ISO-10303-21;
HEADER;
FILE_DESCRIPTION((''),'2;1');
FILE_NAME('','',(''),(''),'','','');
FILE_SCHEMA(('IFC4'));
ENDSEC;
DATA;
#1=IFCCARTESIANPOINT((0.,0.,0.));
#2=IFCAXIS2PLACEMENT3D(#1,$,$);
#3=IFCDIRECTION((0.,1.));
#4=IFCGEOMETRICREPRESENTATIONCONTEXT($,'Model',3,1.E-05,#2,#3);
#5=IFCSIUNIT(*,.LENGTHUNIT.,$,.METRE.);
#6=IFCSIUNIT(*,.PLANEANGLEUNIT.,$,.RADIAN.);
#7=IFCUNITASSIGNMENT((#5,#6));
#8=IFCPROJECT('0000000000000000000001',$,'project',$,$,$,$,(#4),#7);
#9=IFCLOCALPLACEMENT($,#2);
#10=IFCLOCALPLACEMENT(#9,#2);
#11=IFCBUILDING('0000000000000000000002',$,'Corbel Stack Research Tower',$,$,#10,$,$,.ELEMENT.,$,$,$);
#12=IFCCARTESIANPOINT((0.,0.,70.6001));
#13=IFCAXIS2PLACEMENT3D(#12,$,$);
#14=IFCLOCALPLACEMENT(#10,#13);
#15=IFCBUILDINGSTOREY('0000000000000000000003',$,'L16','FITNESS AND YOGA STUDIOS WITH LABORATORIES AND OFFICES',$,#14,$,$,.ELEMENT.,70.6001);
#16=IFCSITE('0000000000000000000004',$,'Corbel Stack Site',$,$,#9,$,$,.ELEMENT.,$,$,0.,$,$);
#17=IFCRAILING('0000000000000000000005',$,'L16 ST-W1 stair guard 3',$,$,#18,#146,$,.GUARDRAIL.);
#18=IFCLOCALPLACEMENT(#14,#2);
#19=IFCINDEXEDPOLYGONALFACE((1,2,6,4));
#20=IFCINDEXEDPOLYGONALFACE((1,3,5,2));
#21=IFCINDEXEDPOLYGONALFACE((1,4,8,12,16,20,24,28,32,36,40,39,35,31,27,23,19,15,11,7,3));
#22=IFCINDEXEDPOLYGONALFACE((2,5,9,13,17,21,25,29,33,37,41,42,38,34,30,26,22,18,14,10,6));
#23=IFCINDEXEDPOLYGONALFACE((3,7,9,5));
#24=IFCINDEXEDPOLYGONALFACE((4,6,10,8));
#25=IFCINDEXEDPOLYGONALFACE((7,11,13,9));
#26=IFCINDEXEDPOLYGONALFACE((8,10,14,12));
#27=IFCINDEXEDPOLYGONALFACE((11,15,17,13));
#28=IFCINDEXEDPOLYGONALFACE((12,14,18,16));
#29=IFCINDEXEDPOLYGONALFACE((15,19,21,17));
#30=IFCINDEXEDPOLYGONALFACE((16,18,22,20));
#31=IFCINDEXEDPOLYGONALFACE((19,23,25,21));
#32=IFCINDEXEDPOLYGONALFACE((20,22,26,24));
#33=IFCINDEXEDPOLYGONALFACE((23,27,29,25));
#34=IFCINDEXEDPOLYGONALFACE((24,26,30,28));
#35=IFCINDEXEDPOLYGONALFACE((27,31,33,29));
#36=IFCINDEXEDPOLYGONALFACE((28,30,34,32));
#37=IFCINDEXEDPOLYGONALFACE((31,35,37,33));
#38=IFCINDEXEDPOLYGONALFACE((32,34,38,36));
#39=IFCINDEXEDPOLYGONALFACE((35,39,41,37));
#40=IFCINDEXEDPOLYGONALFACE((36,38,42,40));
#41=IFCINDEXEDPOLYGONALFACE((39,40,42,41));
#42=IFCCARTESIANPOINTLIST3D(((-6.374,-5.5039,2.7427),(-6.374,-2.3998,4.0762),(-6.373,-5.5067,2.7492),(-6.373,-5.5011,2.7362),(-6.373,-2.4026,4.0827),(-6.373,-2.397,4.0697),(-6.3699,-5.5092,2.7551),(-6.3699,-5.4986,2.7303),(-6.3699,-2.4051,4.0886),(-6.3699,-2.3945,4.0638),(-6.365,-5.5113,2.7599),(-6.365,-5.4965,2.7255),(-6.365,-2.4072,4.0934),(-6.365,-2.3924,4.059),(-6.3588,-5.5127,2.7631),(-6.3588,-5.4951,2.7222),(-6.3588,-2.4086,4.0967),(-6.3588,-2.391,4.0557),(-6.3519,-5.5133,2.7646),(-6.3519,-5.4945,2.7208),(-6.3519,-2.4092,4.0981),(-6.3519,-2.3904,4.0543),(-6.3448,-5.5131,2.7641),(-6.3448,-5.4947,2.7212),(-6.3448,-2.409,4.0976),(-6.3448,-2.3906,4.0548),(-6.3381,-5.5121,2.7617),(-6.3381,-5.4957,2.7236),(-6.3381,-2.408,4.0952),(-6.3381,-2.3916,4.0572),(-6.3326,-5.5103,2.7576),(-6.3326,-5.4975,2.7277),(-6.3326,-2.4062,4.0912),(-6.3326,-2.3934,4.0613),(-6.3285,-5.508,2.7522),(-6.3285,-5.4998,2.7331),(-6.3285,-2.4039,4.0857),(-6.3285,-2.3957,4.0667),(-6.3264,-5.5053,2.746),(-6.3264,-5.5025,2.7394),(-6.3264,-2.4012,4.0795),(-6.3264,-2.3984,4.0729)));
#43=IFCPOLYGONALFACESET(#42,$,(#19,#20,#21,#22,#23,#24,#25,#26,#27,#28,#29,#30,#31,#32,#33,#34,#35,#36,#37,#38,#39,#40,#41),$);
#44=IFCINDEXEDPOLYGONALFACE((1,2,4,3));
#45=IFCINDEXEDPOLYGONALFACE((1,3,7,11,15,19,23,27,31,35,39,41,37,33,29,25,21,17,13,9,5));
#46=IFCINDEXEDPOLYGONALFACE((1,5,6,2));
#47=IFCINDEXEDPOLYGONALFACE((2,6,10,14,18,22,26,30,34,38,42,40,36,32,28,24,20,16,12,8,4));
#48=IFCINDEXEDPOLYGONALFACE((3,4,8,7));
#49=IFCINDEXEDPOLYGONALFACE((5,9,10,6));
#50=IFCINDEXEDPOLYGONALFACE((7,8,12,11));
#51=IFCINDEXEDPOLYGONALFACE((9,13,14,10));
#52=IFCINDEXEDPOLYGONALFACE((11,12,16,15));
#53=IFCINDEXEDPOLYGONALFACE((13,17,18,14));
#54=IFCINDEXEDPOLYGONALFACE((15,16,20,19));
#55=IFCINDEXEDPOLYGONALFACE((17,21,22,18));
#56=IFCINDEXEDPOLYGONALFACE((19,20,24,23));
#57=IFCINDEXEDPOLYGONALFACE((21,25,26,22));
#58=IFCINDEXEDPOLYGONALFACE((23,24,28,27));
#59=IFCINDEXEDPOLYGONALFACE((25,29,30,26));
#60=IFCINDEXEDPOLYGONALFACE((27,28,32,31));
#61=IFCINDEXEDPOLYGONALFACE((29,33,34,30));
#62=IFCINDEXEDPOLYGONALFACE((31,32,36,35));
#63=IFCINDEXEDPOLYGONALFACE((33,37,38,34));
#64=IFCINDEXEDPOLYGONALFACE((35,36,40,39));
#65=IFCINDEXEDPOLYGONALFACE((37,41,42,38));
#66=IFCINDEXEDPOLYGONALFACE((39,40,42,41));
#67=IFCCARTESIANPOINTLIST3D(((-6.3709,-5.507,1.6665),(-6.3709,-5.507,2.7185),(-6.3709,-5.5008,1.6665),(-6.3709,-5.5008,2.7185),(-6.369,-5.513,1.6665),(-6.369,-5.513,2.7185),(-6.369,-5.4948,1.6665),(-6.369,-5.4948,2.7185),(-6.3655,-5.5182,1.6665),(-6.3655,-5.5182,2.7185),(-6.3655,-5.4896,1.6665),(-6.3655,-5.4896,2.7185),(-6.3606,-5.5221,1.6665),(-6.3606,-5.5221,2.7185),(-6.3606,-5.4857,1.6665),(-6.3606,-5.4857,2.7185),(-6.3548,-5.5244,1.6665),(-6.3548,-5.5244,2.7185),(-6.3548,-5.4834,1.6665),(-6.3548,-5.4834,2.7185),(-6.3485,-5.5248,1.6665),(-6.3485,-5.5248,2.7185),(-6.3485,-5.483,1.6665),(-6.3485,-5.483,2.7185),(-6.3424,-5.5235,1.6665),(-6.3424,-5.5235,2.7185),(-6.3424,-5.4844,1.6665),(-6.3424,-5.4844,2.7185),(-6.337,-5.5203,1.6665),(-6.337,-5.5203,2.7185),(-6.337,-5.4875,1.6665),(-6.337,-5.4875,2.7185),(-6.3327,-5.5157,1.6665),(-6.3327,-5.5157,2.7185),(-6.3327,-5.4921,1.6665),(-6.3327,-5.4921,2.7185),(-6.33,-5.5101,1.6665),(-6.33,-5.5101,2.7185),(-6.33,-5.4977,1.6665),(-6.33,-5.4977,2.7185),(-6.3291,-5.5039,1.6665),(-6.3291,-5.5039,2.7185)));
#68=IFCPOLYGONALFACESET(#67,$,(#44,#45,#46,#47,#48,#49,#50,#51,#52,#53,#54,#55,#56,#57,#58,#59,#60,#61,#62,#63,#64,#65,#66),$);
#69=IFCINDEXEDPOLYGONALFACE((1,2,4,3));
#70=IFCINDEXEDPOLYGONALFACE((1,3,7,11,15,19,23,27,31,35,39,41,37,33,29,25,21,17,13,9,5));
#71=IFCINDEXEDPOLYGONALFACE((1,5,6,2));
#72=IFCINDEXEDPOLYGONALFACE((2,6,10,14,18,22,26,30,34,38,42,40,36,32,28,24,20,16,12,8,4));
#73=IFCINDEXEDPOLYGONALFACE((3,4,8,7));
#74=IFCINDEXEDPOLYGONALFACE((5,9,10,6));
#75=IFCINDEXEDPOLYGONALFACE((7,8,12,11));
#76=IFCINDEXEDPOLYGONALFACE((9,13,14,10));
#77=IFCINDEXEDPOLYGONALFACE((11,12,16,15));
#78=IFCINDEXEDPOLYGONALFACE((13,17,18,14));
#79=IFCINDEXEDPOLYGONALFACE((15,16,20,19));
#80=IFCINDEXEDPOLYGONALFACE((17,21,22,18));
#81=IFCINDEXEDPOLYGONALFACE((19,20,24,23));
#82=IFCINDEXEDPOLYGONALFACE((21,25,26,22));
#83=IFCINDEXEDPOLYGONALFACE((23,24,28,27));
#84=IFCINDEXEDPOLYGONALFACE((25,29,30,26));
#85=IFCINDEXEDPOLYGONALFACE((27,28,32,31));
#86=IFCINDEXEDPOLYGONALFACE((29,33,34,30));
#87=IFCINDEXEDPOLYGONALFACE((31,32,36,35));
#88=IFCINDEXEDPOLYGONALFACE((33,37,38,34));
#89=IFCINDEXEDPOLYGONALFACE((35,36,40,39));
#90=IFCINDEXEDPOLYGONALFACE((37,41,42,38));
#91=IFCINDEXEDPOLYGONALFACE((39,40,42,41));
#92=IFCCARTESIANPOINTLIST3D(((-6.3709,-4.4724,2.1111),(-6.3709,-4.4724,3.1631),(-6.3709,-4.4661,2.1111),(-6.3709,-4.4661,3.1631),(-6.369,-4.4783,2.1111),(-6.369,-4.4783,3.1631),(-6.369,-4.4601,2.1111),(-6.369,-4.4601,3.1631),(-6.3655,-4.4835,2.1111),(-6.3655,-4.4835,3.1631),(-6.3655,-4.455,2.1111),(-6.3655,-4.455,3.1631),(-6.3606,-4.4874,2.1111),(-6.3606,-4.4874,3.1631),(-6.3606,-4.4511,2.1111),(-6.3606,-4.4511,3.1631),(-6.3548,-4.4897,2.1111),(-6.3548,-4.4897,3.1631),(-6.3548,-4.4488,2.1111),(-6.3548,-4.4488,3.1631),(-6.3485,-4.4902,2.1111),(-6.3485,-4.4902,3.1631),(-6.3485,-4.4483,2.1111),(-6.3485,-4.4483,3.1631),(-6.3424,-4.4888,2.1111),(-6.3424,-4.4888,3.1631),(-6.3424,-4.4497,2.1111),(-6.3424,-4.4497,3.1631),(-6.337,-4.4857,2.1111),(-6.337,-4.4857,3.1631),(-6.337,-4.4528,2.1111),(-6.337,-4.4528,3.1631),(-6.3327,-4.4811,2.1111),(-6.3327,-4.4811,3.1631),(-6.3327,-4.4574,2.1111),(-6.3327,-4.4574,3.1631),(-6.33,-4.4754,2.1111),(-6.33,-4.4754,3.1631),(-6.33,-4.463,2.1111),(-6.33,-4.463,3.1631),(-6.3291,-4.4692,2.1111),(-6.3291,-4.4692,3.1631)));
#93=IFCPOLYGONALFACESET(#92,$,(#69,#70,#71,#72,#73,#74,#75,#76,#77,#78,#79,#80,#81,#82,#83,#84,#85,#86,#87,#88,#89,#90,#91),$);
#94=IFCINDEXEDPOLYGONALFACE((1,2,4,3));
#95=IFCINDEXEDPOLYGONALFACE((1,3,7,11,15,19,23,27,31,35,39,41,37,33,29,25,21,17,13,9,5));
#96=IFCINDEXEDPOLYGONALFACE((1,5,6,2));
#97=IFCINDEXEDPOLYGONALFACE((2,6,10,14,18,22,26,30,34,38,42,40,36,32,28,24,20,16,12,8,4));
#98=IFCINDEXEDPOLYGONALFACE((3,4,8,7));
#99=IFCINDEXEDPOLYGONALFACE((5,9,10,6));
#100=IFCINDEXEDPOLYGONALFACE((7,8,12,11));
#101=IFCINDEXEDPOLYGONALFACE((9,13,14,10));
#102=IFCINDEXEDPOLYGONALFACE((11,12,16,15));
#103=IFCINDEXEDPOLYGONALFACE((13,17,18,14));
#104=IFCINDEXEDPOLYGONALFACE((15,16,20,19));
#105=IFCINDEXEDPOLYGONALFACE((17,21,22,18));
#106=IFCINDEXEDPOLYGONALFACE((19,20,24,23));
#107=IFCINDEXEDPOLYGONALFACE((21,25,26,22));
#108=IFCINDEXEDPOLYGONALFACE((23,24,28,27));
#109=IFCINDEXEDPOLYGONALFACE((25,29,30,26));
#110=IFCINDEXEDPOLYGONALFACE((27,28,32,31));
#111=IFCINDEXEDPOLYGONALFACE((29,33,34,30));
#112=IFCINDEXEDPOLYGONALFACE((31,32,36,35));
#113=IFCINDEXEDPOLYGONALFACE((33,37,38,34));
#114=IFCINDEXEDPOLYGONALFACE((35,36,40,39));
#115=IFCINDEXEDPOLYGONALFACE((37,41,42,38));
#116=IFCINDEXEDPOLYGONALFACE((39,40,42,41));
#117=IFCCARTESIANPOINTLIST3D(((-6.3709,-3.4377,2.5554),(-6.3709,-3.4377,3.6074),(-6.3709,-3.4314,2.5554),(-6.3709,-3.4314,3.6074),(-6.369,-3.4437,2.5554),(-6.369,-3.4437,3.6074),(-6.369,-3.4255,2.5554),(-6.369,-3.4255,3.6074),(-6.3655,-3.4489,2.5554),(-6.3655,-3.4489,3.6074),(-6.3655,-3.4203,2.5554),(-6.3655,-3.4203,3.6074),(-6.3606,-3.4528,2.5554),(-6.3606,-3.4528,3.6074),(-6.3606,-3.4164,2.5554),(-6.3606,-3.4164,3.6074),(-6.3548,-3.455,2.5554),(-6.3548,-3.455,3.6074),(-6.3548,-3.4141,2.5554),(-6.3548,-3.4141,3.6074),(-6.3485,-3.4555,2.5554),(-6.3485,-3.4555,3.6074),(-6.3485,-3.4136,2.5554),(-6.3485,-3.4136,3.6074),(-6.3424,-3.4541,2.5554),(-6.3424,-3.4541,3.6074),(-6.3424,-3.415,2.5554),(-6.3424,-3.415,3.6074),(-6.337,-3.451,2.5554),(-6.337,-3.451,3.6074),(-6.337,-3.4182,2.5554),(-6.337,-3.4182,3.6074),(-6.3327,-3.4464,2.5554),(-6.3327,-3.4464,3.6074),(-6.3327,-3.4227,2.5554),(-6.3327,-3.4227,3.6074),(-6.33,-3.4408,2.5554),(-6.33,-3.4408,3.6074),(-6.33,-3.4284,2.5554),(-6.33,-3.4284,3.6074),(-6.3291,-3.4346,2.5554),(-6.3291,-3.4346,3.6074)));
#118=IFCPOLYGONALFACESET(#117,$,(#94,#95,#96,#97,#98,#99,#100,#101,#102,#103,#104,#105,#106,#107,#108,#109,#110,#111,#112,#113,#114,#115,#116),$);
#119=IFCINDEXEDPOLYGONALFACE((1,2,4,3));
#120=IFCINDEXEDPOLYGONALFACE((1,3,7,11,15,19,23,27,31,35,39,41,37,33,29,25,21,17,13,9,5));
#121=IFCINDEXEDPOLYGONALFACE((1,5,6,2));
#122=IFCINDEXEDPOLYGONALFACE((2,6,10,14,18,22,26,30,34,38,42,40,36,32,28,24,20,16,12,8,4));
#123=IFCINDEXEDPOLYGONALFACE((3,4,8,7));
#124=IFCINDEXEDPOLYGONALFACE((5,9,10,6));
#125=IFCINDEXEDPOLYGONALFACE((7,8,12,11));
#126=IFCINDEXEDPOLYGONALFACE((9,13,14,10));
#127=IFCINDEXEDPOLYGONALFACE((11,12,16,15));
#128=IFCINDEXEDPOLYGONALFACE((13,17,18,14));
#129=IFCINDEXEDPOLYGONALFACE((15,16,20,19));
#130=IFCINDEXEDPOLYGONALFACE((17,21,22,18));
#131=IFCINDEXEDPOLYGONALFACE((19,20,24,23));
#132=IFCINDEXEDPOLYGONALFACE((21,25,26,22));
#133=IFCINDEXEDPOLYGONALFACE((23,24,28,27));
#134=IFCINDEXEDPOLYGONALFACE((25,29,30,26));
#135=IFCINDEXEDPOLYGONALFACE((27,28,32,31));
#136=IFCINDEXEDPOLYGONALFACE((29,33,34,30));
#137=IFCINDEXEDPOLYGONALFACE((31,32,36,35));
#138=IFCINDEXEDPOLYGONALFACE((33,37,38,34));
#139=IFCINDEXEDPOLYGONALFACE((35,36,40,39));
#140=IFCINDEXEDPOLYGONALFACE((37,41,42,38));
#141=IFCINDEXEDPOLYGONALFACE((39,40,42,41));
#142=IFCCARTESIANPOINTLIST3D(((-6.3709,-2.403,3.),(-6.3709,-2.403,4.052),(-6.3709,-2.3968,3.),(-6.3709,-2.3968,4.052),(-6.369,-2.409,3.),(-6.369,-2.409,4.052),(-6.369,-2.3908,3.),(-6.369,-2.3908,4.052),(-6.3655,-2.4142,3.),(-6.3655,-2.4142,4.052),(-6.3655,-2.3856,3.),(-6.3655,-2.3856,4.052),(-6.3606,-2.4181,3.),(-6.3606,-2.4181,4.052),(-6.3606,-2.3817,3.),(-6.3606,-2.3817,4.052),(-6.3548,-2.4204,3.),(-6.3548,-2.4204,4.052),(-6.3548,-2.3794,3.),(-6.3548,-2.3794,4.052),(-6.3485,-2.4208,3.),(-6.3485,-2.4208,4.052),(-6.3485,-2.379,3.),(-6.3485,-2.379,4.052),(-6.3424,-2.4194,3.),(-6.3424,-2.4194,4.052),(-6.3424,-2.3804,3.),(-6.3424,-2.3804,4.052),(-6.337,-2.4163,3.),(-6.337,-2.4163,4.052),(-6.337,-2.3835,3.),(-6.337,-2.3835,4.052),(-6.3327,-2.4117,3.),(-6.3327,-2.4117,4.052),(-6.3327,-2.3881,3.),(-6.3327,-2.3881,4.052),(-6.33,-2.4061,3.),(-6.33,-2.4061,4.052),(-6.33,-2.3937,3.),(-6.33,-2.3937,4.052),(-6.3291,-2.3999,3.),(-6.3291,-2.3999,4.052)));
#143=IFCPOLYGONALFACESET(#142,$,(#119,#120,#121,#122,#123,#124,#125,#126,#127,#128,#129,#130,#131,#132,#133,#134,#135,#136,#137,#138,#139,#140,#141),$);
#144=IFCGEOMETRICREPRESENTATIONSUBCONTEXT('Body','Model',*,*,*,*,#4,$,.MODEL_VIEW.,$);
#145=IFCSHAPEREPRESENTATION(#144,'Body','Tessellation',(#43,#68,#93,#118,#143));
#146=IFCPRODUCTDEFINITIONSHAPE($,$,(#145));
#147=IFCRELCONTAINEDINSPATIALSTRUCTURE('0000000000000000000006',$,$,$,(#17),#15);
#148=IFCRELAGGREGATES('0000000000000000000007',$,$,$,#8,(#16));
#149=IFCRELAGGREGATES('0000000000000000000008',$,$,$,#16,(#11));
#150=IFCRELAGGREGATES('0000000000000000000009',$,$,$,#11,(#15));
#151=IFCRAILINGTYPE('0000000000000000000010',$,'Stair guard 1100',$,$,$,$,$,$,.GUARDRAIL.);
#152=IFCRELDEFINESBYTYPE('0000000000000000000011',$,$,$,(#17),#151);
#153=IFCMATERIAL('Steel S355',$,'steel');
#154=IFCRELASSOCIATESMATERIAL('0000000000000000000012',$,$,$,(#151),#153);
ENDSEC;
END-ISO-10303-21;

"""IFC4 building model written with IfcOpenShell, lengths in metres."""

from ifc_helpers import new_model, si_unit, direction, frame, origin, origin_2d, place, context, subcontext, project, spatial, circle, extrude, material, type_object, element, save


model = new_model("IFC4")

# Units and contexts
model_context = context("Model", 3, precision=1e-05, world=origin(), true_north=direction((0.0, 1.0)))
body_context = subcontext(model_context, "Body", "Model", "MODEL_VIEW")
ifc_project = project(units=[si_unit("LENGTHUNIT", "METRE"), si_unit("PLANEANGLEUNIT", "RADIAN")], contexts=[model_context])

# Site, building, storey
site_placement = place(None, origin())
site = spatial("IfcSite", under=ifc_project, at=site_placement, Name="Corbel Stack Site", CompositionType="ELEMENT", RefElevation=0.0)
building_placement = place(site_placement, origin())
building = spatial("IfcBuilding", under=site, at=building_placement, Name="Corbel Stack Research Tower", CompositionType="ELEMENT")
storey_placement = place(building_placement, frame((0.0, 0.0, 70.6001)))
storey = spatial("IfcBuildingStorey", under=building, at=storey_placement, Name="L16", Description="FITNESS AND YOGA STUDIOS WITH LABORATORIES AND OFFICES", CompositionType="ELEMENT", Elevation=70.6001)

# Railing
ifc_material_1 = material(Name="Steel S355", Category="steel")
railing_type_1 = type_object("IfcRailingType", Name="Stair guard 1100", PredefinedType="GUARDRAIL", material=ifc_material_1)
railing_1_placement = place(storey_placement, frame((-6.3501, -5.5039, 1.6665)))
element("IfcRailing", 1, at=railing_1_placement, inside=storey, type_object=railing_type_1, Name="L16 ST-W1 stair guard 3", PredefinedType="GUARDRAIL", context=body_context, shape_type="SweptSolid", body=[
    extrude(circle(Radius=0.0239, at=origin_2d()), frame((0.0, 0.0, 1.0762), z_axis=(0.0, 0.918801, 0.394722), x_axis=(-1.0, 0.0, 0.0)), (0.0, 0.0, 1.0), 3.3784),
    extrude(circle(Radius=0.021, at=origin_2d()), origin(), (0.0, 0.0, 1.0), 1.052),
    extrude(circle(Radius=0.021, at=origin_2d()), frame((0.0, 1.0347, 0.4446)), (0.0, 0.0, 1.0), 1.052),
    extrude(circle(Radius=0.021, at=origin_2d()), frame((0.0, 2.0693, 0.8889)), (0.0, 0.0, 1.0), 1.052),
    extrude(circle(Radius=0.021, at=origin_2d()), frame((0.0, 3.104, 1.3335)), (0.0, 0.0, 1.0), 1.052),
])

save(model, "model.ifc")
